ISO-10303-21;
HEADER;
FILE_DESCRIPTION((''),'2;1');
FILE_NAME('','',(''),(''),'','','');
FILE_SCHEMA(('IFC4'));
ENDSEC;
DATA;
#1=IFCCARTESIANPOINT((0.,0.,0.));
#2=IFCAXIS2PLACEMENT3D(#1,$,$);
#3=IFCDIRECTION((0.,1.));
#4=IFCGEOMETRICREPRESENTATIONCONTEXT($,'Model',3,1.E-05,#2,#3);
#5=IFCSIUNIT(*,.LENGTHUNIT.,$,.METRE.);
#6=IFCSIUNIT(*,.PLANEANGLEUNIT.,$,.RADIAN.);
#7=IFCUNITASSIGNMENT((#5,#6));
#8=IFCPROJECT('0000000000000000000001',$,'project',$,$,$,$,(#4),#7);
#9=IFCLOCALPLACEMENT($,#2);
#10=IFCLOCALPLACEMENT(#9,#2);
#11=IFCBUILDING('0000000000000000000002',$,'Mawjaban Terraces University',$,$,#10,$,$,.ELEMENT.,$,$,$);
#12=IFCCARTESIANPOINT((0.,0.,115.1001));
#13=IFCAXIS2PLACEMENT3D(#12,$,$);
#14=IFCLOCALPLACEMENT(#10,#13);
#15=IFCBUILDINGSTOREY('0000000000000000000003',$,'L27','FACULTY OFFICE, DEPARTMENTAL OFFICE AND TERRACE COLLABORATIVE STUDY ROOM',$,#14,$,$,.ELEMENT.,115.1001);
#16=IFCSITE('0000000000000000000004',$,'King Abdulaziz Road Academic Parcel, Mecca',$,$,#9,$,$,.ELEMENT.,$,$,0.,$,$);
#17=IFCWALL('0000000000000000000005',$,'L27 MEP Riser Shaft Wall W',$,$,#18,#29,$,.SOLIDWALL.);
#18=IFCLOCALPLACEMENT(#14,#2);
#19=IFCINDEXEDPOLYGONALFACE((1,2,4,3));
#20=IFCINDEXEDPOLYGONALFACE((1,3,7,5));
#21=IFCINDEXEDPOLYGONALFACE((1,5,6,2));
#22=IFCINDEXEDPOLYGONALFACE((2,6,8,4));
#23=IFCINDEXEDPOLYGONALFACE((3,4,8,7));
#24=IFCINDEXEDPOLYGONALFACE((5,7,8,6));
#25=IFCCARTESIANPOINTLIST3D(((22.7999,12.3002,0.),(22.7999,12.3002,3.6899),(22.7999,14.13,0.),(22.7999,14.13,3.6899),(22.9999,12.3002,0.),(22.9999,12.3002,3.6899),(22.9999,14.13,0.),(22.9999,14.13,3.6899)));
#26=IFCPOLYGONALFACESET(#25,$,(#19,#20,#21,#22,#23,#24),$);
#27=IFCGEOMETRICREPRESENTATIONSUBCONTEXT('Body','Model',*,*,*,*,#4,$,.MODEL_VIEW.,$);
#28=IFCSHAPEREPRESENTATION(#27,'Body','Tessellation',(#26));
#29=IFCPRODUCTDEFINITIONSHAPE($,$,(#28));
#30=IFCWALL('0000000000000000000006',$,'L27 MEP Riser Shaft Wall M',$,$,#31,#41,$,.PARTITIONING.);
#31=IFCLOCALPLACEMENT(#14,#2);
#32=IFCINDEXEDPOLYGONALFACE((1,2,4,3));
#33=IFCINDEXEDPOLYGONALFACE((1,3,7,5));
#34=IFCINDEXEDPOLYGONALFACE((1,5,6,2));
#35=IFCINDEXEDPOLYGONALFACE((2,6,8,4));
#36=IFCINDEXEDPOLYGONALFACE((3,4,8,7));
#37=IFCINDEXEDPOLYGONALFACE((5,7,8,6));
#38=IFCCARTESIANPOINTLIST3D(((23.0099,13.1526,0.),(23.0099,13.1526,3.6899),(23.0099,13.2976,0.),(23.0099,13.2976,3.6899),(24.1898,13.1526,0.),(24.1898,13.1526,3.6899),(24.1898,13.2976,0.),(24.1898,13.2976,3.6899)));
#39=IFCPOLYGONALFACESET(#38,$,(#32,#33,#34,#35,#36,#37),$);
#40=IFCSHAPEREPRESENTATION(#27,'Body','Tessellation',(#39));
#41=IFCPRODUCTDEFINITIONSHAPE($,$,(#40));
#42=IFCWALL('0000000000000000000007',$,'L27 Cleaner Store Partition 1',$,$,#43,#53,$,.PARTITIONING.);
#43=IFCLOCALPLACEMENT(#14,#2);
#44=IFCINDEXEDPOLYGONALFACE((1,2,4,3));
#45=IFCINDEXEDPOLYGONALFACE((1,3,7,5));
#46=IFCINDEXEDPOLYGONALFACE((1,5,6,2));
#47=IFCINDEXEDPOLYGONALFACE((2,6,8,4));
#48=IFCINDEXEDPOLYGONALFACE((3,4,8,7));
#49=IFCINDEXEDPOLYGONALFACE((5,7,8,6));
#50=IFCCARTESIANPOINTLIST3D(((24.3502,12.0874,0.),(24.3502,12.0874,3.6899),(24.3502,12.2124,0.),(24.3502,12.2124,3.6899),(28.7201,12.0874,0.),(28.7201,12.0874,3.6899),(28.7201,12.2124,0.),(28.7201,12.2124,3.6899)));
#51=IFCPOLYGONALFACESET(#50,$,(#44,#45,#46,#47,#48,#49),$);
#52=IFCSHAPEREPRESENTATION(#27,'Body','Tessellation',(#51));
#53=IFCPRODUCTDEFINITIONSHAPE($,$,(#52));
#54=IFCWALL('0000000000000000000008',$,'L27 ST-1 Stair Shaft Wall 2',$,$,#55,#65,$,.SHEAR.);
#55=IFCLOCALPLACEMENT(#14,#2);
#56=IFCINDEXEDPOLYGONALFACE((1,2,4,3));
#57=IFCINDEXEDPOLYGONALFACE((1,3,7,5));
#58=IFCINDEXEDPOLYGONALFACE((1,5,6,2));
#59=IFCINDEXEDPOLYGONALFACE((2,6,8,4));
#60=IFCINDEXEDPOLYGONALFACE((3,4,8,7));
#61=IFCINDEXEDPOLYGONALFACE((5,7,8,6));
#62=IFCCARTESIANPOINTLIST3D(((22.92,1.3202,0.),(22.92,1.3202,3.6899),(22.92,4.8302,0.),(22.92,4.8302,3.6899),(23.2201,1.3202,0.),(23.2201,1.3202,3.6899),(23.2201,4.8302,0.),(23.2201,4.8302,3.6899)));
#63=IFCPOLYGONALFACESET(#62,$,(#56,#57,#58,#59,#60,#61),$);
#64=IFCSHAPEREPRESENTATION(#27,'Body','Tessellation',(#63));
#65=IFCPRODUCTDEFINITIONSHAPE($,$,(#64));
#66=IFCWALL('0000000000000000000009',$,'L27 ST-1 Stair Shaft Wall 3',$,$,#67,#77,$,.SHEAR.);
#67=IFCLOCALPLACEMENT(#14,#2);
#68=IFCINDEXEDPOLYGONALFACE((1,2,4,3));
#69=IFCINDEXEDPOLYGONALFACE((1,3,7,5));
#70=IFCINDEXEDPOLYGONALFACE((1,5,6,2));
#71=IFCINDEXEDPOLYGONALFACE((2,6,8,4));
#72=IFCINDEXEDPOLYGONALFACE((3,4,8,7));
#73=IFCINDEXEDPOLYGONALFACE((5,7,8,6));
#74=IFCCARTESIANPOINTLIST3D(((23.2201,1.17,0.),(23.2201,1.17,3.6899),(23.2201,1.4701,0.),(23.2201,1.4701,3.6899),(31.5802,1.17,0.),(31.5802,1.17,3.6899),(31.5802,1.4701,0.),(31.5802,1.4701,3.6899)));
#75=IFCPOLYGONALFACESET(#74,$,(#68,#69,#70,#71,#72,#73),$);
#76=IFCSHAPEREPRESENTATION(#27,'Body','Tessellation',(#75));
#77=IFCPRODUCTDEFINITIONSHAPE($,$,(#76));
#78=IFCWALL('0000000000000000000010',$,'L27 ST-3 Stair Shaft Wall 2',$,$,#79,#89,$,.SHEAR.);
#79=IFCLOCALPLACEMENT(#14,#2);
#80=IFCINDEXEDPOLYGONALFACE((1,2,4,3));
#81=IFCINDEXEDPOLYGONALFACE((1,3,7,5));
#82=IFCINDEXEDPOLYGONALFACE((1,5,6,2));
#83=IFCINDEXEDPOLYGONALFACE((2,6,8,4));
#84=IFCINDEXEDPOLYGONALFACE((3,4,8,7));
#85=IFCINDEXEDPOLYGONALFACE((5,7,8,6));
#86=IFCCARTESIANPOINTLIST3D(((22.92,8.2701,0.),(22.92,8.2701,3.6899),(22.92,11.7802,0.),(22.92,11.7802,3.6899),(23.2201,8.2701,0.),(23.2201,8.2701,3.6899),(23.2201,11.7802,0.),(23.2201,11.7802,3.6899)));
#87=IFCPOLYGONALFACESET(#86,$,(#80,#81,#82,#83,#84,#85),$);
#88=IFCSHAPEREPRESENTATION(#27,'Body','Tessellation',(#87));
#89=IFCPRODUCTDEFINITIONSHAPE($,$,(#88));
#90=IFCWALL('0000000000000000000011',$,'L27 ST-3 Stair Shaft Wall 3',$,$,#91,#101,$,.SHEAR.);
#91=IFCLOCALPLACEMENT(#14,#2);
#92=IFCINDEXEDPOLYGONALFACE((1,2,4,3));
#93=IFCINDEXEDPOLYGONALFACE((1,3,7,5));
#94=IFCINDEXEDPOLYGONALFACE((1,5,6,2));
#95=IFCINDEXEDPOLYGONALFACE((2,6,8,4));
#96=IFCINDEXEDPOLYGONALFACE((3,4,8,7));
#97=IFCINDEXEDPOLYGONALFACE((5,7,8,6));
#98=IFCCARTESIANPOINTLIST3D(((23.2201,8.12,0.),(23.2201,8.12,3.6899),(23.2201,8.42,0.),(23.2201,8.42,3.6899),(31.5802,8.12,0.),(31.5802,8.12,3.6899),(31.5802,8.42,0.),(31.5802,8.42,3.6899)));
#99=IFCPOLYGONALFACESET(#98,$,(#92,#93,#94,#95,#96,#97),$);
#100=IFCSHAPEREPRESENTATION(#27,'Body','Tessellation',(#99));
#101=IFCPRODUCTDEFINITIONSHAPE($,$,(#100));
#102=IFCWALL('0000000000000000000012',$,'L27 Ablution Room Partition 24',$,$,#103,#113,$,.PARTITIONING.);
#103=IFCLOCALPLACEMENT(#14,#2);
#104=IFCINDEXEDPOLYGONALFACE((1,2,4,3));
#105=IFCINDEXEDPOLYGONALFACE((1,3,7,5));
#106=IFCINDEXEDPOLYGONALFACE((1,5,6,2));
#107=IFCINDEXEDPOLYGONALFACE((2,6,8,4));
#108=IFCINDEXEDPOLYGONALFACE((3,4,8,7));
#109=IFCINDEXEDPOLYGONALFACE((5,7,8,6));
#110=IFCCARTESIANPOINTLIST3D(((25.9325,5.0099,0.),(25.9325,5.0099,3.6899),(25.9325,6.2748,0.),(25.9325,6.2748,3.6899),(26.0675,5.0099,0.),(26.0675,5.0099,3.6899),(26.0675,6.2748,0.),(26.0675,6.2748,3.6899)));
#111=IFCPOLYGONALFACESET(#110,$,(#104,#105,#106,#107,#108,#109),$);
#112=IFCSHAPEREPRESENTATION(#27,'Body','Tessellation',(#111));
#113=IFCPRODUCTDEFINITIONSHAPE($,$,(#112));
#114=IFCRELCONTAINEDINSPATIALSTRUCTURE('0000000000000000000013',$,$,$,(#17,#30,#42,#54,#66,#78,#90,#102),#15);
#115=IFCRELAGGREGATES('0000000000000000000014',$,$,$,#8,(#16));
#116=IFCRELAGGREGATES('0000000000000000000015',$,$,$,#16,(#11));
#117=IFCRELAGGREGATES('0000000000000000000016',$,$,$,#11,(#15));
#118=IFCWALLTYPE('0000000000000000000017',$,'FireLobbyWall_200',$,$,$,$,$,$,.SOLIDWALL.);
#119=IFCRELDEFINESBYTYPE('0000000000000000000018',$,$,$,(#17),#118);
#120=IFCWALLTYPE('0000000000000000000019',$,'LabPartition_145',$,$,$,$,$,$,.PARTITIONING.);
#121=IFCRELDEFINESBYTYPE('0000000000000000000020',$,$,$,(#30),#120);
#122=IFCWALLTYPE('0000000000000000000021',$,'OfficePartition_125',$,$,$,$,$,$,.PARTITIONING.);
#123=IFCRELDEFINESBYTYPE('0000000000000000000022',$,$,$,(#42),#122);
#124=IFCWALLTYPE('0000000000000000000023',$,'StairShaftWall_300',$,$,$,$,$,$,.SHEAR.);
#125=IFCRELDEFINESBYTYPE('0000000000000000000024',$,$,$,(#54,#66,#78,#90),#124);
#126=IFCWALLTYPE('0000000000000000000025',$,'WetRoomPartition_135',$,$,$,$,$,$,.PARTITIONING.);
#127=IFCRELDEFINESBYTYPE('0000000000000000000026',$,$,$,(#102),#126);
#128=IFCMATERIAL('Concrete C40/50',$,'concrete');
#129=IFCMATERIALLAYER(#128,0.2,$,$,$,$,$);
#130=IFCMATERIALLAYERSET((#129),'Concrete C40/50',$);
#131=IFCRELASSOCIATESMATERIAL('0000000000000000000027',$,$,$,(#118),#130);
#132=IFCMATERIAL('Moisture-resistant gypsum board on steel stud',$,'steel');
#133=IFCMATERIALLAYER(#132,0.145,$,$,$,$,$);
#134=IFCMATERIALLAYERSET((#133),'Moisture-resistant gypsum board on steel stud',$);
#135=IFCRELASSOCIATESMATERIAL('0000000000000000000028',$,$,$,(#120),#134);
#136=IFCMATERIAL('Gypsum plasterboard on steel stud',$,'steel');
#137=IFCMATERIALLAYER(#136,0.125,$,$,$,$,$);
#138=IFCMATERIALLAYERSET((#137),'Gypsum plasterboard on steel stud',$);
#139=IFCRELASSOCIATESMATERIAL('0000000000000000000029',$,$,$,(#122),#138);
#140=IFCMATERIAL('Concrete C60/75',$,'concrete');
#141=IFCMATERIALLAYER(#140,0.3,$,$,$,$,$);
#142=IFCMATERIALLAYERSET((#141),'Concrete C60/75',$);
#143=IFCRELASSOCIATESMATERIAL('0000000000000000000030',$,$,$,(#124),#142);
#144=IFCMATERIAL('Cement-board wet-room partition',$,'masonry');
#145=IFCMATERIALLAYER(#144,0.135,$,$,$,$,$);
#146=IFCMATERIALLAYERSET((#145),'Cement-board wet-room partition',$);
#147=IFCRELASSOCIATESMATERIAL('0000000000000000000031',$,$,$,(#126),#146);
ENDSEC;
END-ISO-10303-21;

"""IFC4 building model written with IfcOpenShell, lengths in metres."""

from ifc_helpers import new_model, si_unit, direction, frame, frame_2d, origin, place, context, subcontext, project, spatial, rectangle, extrude, material, layer, layer_set, type_object, element, save


model = new_model("IFC4")

# Units and contexts
model_context = context("Model", 3, precision=1e-05, world=origin(), true_north=direction((0.0, 1.0)))
body_context = subcontext(model_context, "Body", "Model", "MODEL_VIEW")
ifc_project = project(units=[si_unit("LENGTHUNIT", "METRE"), si_unit("PLANEANGLEUNIT", "RADIAN")], contexts=[model_context])

# Site, building, storey
site_placement = place(None, origin())
site = spatial("IfcSite", under=ifc_project, at=site_placement, Name="King Abdulaziz Road Academic Parcel, Mecca", CompositionType="ELEMENT", RefElevation=0.0)
building_placement = place(site_placement, origin())
building = spatial("IfcBuilding", under=site, at=building_placement, Name="Mawjaban Terraces University", CompositionType="ELEMENT")
storey_placement = place(building_placement, frame((0.0, 0.0, 115.1001)))
storey = spatial("IfcBuildingStorey", under=building, at=storey_placement, Name="L27", Description="FACULTY OFFICE, DEPARTMENTAL OFFICE AND TERRACE COLLABORATIVE STUDY ROOM", CompositionType="ELEMENT", Elevation=115.1001)

# Shared definitions
ifc_material_1 = material(Name="Concrete C60/75", Category="concrete")

# Walls
ifc_material_2 = material(Name="Concrete C40/50", Category="concrete")
ifc_layer_1 = layer(ifc_material_2, 0.2)
ifc_layer_set_1 = layer_set([ifc_layer_1], Name="Concrete C40/50")
wall_type_1 = type_object("IfcWallType", Name="FireLobbyWall_200", PredefinedType="SOLIDWALL", material=ifc_layer_set_1)
for number, where, z_axis, x_axis, name in (
    (1, (22.8999, 12.3, 0.0), (0.0, 0.0, 1.0), (0.0, 1.0, 0.0), "L27 MEP Riser Shaft Wall W"),
):
    element("IfcWall", number, at=place(storey_placement, frame(where, z_axis=z_axis, x_axis=x_axis)), inside=storey, type_object=wall_type_1, Name=name, PredefinedType="SOLIDWALL", context=body_context, shape_type="SweptSolid", body=[
        extrude(rectangle(XDim=1.8298, YDim=0.2, at=frame_2d((0.915, 0.0))), origin(), (0.0, 0.0, 1.0), 3.6899),
    ])
ifc_material_3 = material(Name="Moisture-resistant gypsum board on steel stud", Category="steel")
ifc_layer_2 = layer(ifc_material_3, 0.145)
ifc_layer_set_2 = layer_set([ifc_layer_2], Name="Moisture-resistant gypsum board on steel stud")
wall_type_2 = type_object("IfcWallType", Name="LabPartition_145", PredefinedType="PARTITIONING", material=ifc_layer_set_2)
wall_1_placement = place(storey_placement, frame((23.01, 13.2251, 0.0), z_axis=(0.0, 0.0, 1.0), x_axis=(1.0, 0.0, 0.0)))
element("IfcWall", 2, at=wall_1_placement, inside=storey, type_object=wall_type_2, Name="L27 MEP Riser Shaft Wall M", PredefinedType="PARTITIONING", context=body_context, shape_type="SweptSolid", body=[
    extrude(rectangle(XDim=1.1799, YDim=0.145, at=frame_2d((0.5898, 0.0))), origin(), (0.0, 0.0, 1.0), 3.6899),
])
ifc_material_4 = material(Name="Gypsum plasterboard on steel stud", Category="steel")
ifc_layer_3 = layer(ifc_material_4, 0.125)
ifc_layer_set_3 = layer_set([ifc_layer_3], Name="Gypsum plasterboard on steel stud")
wall_type_3 = type_object("IfcWallType", Name="OfficePartition_125", PredefinedType="PARTITIONING", material=ifc_layer_set_3)
wall_2_placement = place(storey_placement, frame((24.3501, 12.1499, 0.0), z_axis=(0.0, 0.0, 1.0), x_axis=(1.0, 0.0, 0.0)))
element("IfcWall", 3, at=wall_2_placement, inside=storey, type_object=wall_type_3, Name="L27 Cleaner Store Partition 1", PredefinedType="PARTITIONING", context=body_context, shape_type="SweptSolid", body=[
    extrude(rectangle(XDim=4.3699, YDim=0.125, at=frame_2d((2.1851, 0.0))), origin(), (0.0, 0.0, 1.0), 3.6899),
])
ifc_layer_4 = layer(ifc_material_1, 0.3)
ifc_layer_set_4 = layer_set([ifc_layer_4], Name="Concrete C60/75")
wall_type_4 = type_object("IfcWallType", Name="StairShaftWall_300", PredefinedType="SHEAR", material=ifc_layer_set_4)
wall_3_placement = place(storey_placement, frame((23.0701, 4.8301, 0.0), z_axis=(0.0, 0.0, 1.0), x_axis=(0.0, -1.0, 0.0)))
element("IfcWall", 4, at=wall_3_placement, inside=storey, type_object=wall_type_4, Name="L27 ST-1 Stair Shaft Wall 2", PredefinedType="SHEAR", context=body_context, shape_type="SweptSolid", body=[
    extrude(rectangle(XDim=3.51, YDim=0.3, at=frame_2d((1.7549, 0.0))), origin(), (0.0, 0.0, 1.0), 3.6899),
])
wall_4_placement = place(storey_placement, frame((23.22, 1.3201, 0.0), z_axis=(0.0, 0.0, 1.0), x_axis=(1.0, 0.0, 0.0)))
element("IfcWall", 5, at=wall_4_placement, inside=storey, type_object=wall_type_4, Name="L27 ST-1 Stair Shaft Wall 3", PredefinedType="SHEAR", context=body_context, shape_type="SweptSolid", body=[
    extrude(rectangle(XDim=8.3601, YDim=0.3, at=frame_2d((4.1802, 0.0))), origin(), (0.0, 0.0, 1.0), 3.6899),
])
wall_5_placement = place(storey_placement, frame((23.0701, 11.78, 0.0), z_axis=(0.0, 0.0, 1.0), x_axis=(0.0, -1.0, 0.0)))
element("IfcWall", 6, at=wall_5_placement, inside=storey, type_object=wall_type_4, Name="L27 ST-3 Stair Shaft Wall 2", PredefinedType="SHEAR", context=body_context, shape_type="SweptSolid", body=[
    extrude(rectangle(XDim=3.51, YDim=0.3, at=frame_2d((1.7549, 0.0))), origin(), (0.0, 0.0, 1.0), 3.6899),
])
wall_6_placement = place(storey_placement, frame((23.22, 8.27, 0.0), z_axis=(0.0, 0.0, 1.0), x_axis=(1.0, 0.0, 0.0)))
element("IfcWall", 7, at=wall_6_placement, inside=storey, type_object=wall_type_4, Name="L27 ST-3 Stair Shaft Wall 3", PredefinedType="SHEAR", context=body_context, shape_type="SweptSolid", body=[
    extrude(rectangle(XDim=8.3601, YDim=0.3, at=frame_2d((4.1802, 0.0))), origin(), (0.0, 0.0, 1.0), 3.6899),
])
ifc_material_5 = material(Name="Cement-board wet-room partition", Category="masonry")
ifc_layer_5 = layer(ifc_material_5, 0.135)
ifc_layer_set_5 = layer_set([ifc_layer_5], Name="Cement-board wet-room partition")
wall_type_5 = type_object("IfcWallType", Name="WetRoomPartition_135", PredefinedType="PARTITIONING", material=ifc_layer_set_5)
wall_7_placement = place(storey_placement, frame((26.0, 5.01, 0.0), z_axis=(0.0, 0.0, 1.0), x_axis=(0.0, 1.0, 0.0)))
element("IfcWall", 8, at=wall_7_placement, inside=storey, type_object=wall_type_5, Name="L27 Ablution Room Partition 24", PredefinedType="PARTITIONING", context=body_context, shape_type="SweptSolid", body=[
    extrude(rectangle(XDim=1.2649, YDim=0.135, at=frame_2d((0.6323, 0.0))), origin(), (0.0, 0.0, 1.0), 3.6899),
])

save(model, "model.ifc")
